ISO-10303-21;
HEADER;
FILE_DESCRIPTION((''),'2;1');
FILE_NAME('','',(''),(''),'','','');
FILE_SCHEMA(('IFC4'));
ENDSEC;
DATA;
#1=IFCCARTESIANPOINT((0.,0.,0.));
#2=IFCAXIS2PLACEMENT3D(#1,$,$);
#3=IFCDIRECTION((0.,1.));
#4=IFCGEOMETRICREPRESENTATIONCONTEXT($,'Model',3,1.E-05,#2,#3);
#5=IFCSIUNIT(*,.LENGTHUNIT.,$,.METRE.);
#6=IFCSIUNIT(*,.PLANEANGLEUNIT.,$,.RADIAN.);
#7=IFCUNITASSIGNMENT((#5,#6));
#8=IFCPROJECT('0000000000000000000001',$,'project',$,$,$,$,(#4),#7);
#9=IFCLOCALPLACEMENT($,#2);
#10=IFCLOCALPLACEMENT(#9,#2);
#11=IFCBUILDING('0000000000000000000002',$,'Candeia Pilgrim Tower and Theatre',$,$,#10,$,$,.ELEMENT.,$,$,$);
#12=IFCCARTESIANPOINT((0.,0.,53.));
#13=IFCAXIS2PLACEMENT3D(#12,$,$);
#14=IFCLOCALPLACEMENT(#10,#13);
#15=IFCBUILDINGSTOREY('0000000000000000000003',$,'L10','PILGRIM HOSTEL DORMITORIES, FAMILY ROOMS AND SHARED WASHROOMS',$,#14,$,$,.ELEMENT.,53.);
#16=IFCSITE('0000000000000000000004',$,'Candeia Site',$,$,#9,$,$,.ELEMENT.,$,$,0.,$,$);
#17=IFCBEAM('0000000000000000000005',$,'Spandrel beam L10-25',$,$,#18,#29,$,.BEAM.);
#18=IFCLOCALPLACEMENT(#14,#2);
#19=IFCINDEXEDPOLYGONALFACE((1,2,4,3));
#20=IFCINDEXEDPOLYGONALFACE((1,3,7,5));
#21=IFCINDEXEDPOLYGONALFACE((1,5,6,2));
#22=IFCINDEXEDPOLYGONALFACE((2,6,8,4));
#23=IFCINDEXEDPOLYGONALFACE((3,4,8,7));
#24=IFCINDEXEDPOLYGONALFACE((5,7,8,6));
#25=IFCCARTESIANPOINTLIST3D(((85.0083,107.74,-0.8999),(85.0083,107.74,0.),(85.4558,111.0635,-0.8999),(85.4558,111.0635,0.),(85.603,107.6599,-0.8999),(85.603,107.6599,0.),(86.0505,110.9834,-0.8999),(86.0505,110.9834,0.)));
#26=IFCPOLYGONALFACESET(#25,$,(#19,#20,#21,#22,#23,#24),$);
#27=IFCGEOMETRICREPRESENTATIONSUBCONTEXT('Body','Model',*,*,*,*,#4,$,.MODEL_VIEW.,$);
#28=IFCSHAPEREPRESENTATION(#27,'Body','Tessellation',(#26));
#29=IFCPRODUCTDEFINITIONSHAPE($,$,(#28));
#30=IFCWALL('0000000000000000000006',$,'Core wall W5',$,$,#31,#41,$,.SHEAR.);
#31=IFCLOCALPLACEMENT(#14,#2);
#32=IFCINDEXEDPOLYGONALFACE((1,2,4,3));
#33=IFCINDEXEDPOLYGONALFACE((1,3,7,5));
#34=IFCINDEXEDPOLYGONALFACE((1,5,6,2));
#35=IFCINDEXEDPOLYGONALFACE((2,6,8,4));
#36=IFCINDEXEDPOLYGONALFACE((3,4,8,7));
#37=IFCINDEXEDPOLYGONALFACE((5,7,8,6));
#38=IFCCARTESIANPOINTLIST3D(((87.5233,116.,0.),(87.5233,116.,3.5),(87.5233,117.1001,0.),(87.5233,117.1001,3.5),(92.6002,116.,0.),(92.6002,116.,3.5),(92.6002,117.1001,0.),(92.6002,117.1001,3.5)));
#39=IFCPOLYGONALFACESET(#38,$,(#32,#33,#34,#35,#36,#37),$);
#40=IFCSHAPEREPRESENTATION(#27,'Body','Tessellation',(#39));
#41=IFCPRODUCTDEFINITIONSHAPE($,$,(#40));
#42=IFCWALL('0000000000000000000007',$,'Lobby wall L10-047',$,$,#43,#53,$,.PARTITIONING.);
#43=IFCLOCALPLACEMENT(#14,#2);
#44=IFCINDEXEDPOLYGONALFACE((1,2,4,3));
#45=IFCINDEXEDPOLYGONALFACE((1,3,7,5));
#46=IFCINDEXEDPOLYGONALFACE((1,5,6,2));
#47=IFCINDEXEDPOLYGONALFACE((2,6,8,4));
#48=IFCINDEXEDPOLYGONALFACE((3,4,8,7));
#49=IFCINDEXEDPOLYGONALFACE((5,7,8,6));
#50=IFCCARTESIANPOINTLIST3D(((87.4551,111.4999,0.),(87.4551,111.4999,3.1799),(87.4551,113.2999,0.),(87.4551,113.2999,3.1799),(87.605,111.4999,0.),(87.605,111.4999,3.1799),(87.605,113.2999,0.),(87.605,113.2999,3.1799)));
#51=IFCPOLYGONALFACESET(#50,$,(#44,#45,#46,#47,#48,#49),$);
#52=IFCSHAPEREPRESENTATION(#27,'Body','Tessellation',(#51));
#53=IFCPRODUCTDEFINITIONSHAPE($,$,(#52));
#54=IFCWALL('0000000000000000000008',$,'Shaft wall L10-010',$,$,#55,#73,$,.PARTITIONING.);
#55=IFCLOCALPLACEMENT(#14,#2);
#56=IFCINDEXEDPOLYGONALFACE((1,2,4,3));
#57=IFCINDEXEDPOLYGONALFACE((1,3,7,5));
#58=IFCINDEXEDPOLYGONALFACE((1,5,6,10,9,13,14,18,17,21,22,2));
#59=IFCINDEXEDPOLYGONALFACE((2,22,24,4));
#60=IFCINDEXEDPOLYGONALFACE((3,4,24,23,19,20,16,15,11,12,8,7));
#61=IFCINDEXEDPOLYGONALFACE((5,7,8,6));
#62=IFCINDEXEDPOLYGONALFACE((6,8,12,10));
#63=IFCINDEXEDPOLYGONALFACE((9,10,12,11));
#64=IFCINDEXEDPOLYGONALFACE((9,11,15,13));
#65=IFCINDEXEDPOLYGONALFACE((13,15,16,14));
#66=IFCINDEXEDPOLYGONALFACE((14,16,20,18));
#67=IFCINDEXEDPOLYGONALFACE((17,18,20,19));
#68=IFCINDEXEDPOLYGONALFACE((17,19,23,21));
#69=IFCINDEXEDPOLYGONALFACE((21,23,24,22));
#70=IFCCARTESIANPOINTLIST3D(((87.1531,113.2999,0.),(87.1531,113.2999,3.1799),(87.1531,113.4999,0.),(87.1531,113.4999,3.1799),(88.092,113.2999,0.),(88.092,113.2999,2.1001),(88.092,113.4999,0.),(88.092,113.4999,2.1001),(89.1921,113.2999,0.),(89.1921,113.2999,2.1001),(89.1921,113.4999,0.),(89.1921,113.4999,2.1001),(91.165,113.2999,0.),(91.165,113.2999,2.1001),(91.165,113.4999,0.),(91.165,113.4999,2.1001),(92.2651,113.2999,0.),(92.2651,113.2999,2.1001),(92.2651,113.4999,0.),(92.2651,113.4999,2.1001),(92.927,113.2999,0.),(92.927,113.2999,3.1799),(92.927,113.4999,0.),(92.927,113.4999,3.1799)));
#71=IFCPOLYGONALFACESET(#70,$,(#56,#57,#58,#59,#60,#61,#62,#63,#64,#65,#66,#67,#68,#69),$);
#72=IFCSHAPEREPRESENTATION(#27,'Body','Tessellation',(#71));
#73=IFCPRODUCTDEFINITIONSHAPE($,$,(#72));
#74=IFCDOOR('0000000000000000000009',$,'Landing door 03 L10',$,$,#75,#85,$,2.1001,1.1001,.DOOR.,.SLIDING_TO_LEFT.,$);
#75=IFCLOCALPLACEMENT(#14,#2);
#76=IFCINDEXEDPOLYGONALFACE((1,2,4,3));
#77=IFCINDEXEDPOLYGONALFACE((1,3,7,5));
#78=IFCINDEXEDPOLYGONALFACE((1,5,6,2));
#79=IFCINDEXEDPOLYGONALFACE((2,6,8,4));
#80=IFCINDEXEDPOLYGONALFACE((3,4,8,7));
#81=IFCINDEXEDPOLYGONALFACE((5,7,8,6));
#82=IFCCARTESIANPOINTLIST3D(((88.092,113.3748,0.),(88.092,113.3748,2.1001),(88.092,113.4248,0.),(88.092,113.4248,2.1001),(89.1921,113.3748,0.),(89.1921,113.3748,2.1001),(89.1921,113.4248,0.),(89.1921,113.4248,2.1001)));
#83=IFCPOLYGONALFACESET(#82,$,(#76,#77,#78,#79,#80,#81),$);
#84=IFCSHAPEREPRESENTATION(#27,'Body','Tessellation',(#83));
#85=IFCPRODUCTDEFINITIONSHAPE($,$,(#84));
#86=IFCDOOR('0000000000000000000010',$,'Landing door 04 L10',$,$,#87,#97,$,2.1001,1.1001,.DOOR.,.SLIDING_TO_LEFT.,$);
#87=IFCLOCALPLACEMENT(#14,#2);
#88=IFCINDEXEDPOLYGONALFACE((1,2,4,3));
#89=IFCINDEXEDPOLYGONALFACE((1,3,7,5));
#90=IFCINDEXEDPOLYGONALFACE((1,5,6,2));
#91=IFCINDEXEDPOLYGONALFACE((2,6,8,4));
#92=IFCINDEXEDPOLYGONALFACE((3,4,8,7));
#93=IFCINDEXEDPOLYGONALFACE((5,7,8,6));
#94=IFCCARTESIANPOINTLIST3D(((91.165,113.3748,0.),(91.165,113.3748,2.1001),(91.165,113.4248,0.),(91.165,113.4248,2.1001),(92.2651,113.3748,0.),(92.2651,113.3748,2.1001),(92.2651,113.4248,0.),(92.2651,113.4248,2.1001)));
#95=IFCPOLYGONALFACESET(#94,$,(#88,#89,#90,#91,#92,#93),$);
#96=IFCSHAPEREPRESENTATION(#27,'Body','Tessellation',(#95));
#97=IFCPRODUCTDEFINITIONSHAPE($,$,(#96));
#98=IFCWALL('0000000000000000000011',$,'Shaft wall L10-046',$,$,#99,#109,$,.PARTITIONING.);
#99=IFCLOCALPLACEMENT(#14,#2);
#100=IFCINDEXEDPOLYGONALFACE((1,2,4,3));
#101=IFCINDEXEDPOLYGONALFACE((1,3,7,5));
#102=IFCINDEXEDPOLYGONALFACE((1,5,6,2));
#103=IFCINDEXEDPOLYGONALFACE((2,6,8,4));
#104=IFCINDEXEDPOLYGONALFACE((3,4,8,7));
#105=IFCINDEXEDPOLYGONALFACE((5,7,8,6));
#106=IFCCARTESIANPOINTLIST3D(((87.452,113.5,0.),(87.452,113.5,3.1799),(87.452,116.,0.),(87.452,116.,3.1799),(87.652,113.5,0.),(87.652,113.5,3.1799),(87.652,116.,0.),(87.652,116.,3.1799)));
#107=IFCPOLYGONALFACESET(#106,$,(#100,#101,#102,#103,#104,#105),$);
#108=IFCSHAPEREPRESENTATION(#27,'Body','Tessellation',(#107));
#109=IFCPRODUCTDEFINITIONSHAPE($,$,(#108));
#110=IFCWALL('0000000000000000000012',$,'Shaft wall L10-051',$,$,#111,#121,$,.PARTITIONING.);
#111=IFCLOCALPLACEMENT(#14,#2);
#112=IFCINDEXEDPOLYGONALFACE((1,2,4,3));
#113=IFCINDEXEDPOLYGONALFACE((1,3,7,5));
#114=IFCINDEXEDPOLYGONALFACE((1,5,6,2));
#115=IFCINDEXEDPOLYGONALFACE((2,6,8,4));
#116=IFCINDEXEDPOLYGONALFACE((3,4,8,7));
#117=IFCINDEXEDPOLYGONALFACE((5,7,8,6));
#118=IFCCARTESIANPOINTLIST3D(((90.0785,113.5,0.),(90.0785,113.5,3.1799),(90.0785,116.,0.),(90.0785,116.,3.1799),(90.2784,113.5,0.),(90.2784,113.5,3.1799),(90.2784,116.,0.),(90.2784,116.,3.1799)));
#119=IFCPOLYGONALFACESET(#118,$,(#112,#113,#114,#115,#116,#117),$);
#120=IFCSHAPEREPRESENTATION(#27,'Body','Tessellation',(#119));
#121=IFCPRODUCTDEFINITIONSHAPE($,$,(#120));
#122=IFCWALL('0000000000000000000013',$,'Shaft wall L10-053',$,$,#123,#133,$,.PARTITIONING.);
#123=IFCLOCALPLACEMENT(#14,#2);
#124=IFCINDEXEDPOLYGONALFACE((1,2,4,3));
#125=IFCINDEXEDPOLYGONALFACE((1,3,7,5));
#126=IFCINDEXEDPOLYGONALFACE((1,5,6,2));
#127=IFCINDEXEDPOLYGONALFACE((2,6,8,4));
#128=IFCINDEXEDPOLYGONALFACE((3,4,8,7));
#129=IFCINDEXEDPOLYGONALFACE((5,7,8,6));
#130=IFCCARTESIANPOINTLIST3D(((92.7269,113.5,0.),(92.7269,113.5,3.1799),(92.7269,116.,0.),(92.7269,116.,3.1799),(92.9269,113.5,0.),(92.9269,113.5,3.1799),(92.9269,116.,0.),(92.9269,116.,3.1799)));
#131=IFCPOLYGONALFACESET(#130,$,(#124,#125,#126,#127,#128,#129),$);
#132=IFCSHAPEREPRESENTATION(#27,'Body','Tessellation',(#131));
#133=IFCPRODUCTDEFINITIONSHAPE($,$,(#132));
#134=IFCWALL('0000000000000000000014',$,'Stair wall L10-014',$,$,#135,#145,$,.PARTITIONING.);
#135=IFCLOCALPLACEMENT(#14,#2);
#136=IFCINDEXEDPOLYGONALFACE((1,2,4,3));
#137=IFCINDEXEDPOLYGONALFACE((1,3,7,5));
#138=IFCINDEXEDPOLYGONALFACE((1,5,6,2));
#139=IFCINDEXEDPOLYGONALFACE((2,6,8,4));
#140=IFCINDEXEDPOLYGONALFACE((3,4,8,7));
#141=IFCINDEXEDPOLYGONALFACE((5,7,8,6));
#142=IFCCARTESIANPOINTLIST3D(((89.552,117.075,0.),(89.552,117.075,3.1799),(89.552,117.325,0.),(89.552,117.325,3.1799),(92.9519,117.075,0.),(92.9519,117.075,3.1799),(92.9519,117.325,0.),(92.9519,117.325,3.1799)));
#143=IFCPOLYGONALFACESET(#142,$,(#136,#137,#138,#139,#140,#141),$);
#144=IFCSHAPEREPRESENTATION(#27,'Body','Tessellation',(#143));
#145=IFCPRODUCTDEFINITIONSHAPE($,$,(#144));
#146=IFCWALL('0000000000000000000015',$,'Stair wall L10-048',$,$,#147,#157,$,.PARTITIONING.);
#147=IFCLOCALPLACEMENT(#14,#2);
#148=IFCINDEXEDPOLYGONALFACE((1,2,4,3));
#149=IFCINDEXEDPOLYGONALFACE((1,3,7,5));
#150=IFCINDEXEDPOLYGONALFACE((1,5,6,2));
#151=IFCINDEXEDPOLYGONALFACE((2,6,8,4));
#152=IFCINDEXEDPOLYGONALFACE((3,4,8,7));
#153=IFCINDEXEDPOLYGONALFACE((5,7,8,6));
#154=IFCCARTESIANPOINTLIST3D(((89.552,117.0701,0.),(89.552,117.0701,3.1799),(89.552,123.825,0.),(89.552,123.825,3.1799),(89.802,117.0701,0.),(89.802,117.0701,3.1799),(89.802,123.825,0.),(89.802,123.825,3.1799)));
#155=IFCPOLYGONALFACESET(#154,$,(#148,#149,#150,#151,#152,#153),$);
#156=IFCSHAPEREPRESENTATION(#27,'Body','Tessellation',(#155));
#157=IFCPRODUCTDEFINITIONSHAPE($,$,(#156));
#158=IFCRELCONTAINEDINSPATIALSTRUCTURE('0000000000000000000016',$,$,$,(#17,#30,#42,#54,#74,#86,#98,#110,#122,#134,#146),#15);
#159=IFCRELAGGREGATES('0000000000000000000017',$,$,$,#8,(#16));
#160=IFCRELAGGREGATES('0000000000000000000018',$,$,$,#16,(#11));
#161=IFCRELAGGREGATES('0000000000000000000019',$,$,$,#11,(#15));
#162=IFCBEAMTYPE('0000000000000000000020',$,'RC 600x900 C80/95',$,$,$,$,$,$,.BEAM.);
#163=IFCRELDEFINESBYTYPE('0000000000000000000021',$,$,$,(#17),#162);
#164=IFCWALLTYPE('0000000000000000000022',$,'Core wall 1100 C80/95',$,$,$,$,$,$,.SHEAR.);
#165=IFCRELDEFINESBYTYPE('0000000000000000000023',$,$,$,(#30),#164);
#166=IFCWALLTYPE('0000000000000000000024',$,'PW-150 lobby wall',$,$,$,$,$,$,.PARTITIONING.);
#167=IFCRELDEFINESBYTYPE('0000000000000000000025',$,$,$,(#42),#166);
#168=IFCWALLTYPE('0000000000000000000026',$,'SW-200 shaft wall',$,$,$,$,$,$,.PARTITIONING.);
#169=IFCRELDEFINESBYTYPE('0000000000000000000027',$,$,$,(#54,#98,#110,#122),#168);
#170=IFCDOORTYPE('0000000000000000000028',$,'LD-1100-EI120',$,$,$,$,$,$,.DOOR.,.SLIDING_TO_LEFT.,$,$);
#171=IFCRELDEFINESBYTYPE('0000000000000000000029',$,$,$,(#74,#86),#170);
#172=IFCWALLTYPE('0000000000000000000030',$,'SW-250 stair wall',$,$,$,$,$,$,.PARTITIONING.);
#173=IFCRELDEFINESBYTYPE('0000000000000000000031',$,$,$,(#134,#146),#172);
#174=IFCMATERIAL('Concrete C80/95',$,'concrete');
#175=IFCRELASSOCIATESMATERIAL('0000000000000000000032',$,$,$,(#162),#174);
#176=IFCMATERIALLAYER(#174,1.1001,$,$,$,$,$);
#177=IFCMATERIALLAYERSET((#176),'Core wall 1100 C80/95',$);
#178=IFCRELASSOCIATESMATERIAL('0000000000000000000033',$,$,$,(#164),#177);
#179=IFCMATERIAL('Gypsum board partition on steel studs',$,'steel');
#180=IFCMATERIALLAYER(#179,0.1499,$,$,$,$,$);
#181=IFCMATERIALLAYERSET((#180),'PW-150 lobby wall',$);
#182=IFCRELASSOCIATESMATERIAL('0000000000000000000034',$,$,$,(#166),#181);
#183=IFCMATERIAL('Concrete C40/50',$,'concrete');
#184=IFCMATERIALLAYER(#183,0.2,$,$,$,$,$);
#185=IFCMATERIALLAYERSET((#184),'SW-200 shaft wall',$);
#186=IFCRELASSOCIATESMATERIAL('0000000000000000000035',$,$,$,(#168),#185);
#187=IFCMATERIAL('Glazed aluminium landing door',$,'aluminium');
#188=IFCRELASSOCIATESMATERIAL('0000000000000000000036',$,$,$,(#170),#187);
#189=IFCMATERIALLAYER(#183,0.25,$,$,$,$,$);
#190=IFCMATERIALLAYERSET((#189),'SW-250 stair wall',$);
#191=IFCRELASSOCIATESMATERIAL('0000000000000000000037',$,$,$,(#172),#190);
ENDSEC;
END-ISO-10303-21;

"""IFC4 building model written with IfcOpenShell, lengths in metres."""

from ifc_helpers import new_model, si_unit, direction, frame, frame_2d, origin, origin_2d, place, context, subcontext, project, spatial, rectangle, extrude, material, layer, layer_set, material_profile, profile_set, type_object, element, fill, save


model = new_model("IFC4")

# Units and contexts
model_context = context("Model", 3, precision=1e-05, world=origin(), true_north=direction((0.0, 1.0)))
body_context = subcontext(model_context, "Body", "Model", "MODEL_VIEW")
ifc_project = project(units=[si_unit("LENGTHUNIT", "METRE"), si_unit("PLANEANGLEUNIT", "RADIAN")], contexts=[model_context])

# Site, building, storey
site_placement = place(None, origin())
site = spatial("IfcSite", under=ifc_project, at=site_placement, Name="Candeia Site", CompositionType="ELEMENT", RefElevation=0.0)
building_placement = place(site_placement, origin())
building = spatial("IfcBuilding", under=site, at=building_placement, Name="Candeia Pilgrim Tower and Theatre", CompositionType="ELEMENT")
storey_placement = place(building_placement, frame((0.0, 0.0, 53.0)))
storey = spatial("IfcBuildingStorey", under=building, at=storey_placement, Name="L10", Description="PILGRIM HOSTEL DORMITORIES, FAMILY ROOMS AND SHARED WASHROOMS", CompositionType="ELEMENT", Elevation=53.0)

# Beam
ifc_material_1 = material(Name="Concrete C80/95", Category="concrete")
ifc_material_profile = material_profile(ifc_material_1, rectangle(XDim=0.6001, YDim=0.8999, at=origin_2d()))
ifc_profile_set = profile_set([ifc_material_profile], Name="Concrete C80/95")
beam_type = type_object("IfcBeamType", Name="RC 600x900 C80/95", PredefinedType="BEAM", material=ifc_profile_set)
beam_placement = place(storey_placement, frame((85.7532, 111.0234, -0.45), z_axis=(-0.133446, -0.991056, 0.0), x_axis=(0.991056, -0.133446, 0.0)))
element("IfcBeam", 1, at=beam_placement, inside=storey, type_object=beam_type, Name="Spandrel beam L10-25", PredefinedType="BEAM", context=body_context, shape_type="SweptSolid", body=[
    extrude(rectangle(XDim=0.6001, YDim=0.8999, at=origin_2d()), origin(), (0.0, 0.0, 1.0), 3.3535),
])

# Walls
ifc_layer_1 = layer(ifc_material_1, 1.1001)
ifc_layer_set_1 = layer_set([ifc_layer_1], Name="Core wall 1100 C80/95")
wall_type_1 = type_object("IfcWallType", Name="Core wall 1100 C80/95", PredefinedType="SHEAR", material=ifc_layer_set_1)
wall_1_placement = place(storey_placement, frame((87.5232, 116.55, 0.0), z_axis=(0.0, 0.0, 1.0), x_axis=(1.0, 0.0, 0.0)))
element("IfcWall", 2, at=wall_1_placement, inside=storey, type_object=wall_type_1, Name="Core wall W5", PredefinedType="SHEAR", context=body_context, shape_type="SweptSolid", body=[
    extrude(rectangle(XDim=5.0769, YDim=1.1001, at=frame_2d((2.5386, 0.0))), origin(), (0.0, 0.0, 1.0), 3.5),
])
ifc_material_2 = material(Name="Gypsum board partition on steel studs", Category="steel")
ifc_layer_2 = layer(ifc_material_2, 0.1499)
ifc_layer_set_2 = layer_set([ifc_layer_2], Name="PW-150 lobby wall")
wall_type_2 = type_object("IfcWallType", Name="PW-150 lobby wall", PredefinedType="PARTITIONING", material=ifc_layer_set_2)
wall_2_placement = place(storey_placement, frame((87.53, 111.5, 0.0), z_axis=(0.0, 0.0, 1.0), x_axis=(0.0, 1.0, 0.0)))
element("IfcWall", 3, at=wall_2_placement, inside=storey, type_object=wall_type_2, Name="Lobby wall L10-047", PredefinedType="PARTITIONING", context=body_context, shape_type="SweptSolid", body=[
    extrude(rectangle(XDim=1.8, YDim=0.1499, at=frame_2d((0.8999, 0.0))), origin(), (0.0, 0.0, 1.0), 3.1799),
])

# Wall, openings, doors
ifc_material_3 = material(Name="Concrete C40/50", Category="concrete")
ifc_layer_3 = layer(ifc_material_3, 0.2)
ifc_layer_set_3 = layer_set([ifc_layer_3], Name="SW-200 shaft wall")
wall_type_3 = type_object("IfcWallType", Name="SW-200 shaft wall", PredefinedType="PARTITIONING", material=ifc_layer_set_3)
wall_3_placement = place(storey_placement, frame((87.1531, 113.3999, 0.0), z_axis=(0.0, 0.0, 1.0), x_axis=(1.0, 0.0, 0.0)))
wall_3 = element("IfcWall", 4, at=wall_3_placement, inside=storey, type_object=wall_type_3, Name="Shaft wall L10-010", PredefinedType="PARTITIONING", context=body_context, shape_type="SweptSolid", body=[
    extrude(rectangle(XDim=5.7739, YDim=0.2, at=frame_2d((2.887, 0.0))), origin(), (0.0, 0.0, 1.0), 3.1799),
])
opening_1_placement = place(wall_3_placement, frame((0.939, 0.0, 0.0)))
opening_1 = element("IfcOpeningElement", 5, at=opening_1_placement, cuts=wall_3, PredefinedType="OPENING", context=body_context, shape_type="SweptSolid", body=[
    extrude(rectangle(XDim=1.1001, YDim=2.1001, at=frame_2d((0.55, 1.05))), frame((0.0, 0.1099, 0.0), z_axis=(0.0, -1.0, 0.0), x_axis=(1.0, 0.0, 0.0)), (0.0, 0.0, 1.0), 0.22),
])
opening_2_placement = place(wall_3_placement, frame((4.012, 0.0, 0.0)))
opening_2 = element("IfcOpeningElement", 6, at=opening_2_placement, cuts=wall_3, PredefinedType="OPENING", context=body_context, shape_type="SweptSolid", body=[
    extrude(rectangle(XDim=1.1001, YDim=2.1001, at=frame_2d((0.55, 1.05))), frame((0.0, 0.1099, 0.0), z_axis=(0.0, -1.0, 0.0), x_axis=(1.0, 0.0, 0.0)), (0.0, 0.0, 1.0), 0.22),
])
ifc_material_4 = material(Name="Glazed aluminium landing door", Category="aluminium")
door_type = type_object("IfcDoorType", Name="LD-1100-EI120", OperationType="SLIDING_TO_LEFT", PredefinedType="DOOR", material=ifc_material_4)
door_1_placement = place(opening_1_placement, origin())
door_1 = element("IfcDoor", 7, at=door_1_placement, inside=storey, type_object=door_type, Name="Landing door 03 L10", OperationType="SLIDING_TO_LEFT", OverallHeight=2.1001, OverallWidth=1.1001, PredefinedType="DOOR", context=body_context, shape_type="SweptSolid", body=[
    extrude(rectangle(XDim=1.1001, YDim=2.1001, at=frame_2d((0.55, 1.05))), frame((0.0, 0.0249, 0.0), z_axis=(0.0, -1.0, 0.0), x_axis=(1.0, 0.0, 0.0)), (0.0, 0.0, 1.0), 0.05),
])
fill(opening_1, door_1)
door_2_placement = place(opening_2_placement, origin())
door_2 = element("IfcDoor", 8, at=door_2_placement, inside=storey, type_object=door_type, Name="Landing door 04 L10", OperationType="SLIDING_TO_LEFT", OverallHeight=2.1001, OverallWidth=1.1001, PredefinedType="DOOR", context=body_context, shape_type="SweptSolid", body=[
    extrude(rectangle(XDim=1.1001, YDim=2.1001, at=frame_2d((0.55, 1.05))), frame((0.0, 0.0249, 0.0), z_axis=(0.0, -1.0, 0.0), x_axis=(1.0, 0.0, 0.0)), (0.0, 0.0, 1.0), 0.05),
])
fill(opening_2, door_2)

# Walls
for number, where, z_axis, x_axis, name in (
    (9, (87.552, 113.5, 0.0), (0.0, 0.0, 1.0), (0.0, 1.0, 0.0), "Shaft wall L10-046"),
    (10, (90.1785, 113.5, 0.0), (0.0, 0.0, 1.0), (0.0, 1.0, 0.0), "Shaft wall L10-051"),
    (11, (92.8269, 113.5, 0.0), (0.0, 0.0, 1.0), (0.0, 1.0, 0.0), "Shaft wall L10-053"),
):
    element("IfcWall", number, at=place(storey_placement, frame(where, z_axis=z_axis, x_axis=x_axis)), inside=storey, type_object=wall_type_3, Name=name, PredefinedType="PARTITIONING", context=body_context, shape_type="SweptSolid", body=[
        extrude(rectangle(XDim=2.5, YDim=0.2, at=frame_2d((1.25, 0.0))), origin(), (0.0, 0.0, 1.0), 3.1799),
    ])
ifc_layer_4 = layer(ifc_material_3, 0.25)
ifc_layer_set_4 = layer_set([ifc_layer_4], Name="SW-250 stair wall")
wall_type_4 = type_object("IfcWallType", Name="SW-250 stair wall", PredefinedType="PARTITIONING", material=ifc_layer_set_4)
wall_4_placement = place(storey_placement, frame((89.552, 117.2, 0.0), z_axis=(0.0, 0.0, 1.0), x_axis=(1.0, 0.0, 0.0)))
element("IfcWall", 12, at=wall_4_placement, inside=storey, type_object=wall_type_4, Name="Stair wall L10-014", PredefinedType="PARTITIONING", context=body_context, shape_type="SweptSolid", body=[
    extrude(rectangle(XDim=3.3999, YDim=0.25, at=frame_2d((1.7, 0.0))), origin(), (0.0, 0.0, 1.0), 3.1799),
])
wall_5_placement = place(storey_placement, frame((89.677, 117.0701, 0.0), z_axis=(0.0, 0.0, 1.0), x_axis=(0.0, 1.0, 0.0)))
element("IfcWall", 13, at=wall_5_placement, inside=storey, type_object=wall_type_4, Name="Stair wall L10-048", PredefinedType="PARTITIONING", context=body_context, shape_type="SweptSolid", body=[
    extrude(rectangle(XDim=6.7549, YDim=0.25, at=frame_2d((3.3774, 0.0))), origin(), (0.0, 0.0, 1.0), 3.1799),
])

save(model, "model.ifc")
